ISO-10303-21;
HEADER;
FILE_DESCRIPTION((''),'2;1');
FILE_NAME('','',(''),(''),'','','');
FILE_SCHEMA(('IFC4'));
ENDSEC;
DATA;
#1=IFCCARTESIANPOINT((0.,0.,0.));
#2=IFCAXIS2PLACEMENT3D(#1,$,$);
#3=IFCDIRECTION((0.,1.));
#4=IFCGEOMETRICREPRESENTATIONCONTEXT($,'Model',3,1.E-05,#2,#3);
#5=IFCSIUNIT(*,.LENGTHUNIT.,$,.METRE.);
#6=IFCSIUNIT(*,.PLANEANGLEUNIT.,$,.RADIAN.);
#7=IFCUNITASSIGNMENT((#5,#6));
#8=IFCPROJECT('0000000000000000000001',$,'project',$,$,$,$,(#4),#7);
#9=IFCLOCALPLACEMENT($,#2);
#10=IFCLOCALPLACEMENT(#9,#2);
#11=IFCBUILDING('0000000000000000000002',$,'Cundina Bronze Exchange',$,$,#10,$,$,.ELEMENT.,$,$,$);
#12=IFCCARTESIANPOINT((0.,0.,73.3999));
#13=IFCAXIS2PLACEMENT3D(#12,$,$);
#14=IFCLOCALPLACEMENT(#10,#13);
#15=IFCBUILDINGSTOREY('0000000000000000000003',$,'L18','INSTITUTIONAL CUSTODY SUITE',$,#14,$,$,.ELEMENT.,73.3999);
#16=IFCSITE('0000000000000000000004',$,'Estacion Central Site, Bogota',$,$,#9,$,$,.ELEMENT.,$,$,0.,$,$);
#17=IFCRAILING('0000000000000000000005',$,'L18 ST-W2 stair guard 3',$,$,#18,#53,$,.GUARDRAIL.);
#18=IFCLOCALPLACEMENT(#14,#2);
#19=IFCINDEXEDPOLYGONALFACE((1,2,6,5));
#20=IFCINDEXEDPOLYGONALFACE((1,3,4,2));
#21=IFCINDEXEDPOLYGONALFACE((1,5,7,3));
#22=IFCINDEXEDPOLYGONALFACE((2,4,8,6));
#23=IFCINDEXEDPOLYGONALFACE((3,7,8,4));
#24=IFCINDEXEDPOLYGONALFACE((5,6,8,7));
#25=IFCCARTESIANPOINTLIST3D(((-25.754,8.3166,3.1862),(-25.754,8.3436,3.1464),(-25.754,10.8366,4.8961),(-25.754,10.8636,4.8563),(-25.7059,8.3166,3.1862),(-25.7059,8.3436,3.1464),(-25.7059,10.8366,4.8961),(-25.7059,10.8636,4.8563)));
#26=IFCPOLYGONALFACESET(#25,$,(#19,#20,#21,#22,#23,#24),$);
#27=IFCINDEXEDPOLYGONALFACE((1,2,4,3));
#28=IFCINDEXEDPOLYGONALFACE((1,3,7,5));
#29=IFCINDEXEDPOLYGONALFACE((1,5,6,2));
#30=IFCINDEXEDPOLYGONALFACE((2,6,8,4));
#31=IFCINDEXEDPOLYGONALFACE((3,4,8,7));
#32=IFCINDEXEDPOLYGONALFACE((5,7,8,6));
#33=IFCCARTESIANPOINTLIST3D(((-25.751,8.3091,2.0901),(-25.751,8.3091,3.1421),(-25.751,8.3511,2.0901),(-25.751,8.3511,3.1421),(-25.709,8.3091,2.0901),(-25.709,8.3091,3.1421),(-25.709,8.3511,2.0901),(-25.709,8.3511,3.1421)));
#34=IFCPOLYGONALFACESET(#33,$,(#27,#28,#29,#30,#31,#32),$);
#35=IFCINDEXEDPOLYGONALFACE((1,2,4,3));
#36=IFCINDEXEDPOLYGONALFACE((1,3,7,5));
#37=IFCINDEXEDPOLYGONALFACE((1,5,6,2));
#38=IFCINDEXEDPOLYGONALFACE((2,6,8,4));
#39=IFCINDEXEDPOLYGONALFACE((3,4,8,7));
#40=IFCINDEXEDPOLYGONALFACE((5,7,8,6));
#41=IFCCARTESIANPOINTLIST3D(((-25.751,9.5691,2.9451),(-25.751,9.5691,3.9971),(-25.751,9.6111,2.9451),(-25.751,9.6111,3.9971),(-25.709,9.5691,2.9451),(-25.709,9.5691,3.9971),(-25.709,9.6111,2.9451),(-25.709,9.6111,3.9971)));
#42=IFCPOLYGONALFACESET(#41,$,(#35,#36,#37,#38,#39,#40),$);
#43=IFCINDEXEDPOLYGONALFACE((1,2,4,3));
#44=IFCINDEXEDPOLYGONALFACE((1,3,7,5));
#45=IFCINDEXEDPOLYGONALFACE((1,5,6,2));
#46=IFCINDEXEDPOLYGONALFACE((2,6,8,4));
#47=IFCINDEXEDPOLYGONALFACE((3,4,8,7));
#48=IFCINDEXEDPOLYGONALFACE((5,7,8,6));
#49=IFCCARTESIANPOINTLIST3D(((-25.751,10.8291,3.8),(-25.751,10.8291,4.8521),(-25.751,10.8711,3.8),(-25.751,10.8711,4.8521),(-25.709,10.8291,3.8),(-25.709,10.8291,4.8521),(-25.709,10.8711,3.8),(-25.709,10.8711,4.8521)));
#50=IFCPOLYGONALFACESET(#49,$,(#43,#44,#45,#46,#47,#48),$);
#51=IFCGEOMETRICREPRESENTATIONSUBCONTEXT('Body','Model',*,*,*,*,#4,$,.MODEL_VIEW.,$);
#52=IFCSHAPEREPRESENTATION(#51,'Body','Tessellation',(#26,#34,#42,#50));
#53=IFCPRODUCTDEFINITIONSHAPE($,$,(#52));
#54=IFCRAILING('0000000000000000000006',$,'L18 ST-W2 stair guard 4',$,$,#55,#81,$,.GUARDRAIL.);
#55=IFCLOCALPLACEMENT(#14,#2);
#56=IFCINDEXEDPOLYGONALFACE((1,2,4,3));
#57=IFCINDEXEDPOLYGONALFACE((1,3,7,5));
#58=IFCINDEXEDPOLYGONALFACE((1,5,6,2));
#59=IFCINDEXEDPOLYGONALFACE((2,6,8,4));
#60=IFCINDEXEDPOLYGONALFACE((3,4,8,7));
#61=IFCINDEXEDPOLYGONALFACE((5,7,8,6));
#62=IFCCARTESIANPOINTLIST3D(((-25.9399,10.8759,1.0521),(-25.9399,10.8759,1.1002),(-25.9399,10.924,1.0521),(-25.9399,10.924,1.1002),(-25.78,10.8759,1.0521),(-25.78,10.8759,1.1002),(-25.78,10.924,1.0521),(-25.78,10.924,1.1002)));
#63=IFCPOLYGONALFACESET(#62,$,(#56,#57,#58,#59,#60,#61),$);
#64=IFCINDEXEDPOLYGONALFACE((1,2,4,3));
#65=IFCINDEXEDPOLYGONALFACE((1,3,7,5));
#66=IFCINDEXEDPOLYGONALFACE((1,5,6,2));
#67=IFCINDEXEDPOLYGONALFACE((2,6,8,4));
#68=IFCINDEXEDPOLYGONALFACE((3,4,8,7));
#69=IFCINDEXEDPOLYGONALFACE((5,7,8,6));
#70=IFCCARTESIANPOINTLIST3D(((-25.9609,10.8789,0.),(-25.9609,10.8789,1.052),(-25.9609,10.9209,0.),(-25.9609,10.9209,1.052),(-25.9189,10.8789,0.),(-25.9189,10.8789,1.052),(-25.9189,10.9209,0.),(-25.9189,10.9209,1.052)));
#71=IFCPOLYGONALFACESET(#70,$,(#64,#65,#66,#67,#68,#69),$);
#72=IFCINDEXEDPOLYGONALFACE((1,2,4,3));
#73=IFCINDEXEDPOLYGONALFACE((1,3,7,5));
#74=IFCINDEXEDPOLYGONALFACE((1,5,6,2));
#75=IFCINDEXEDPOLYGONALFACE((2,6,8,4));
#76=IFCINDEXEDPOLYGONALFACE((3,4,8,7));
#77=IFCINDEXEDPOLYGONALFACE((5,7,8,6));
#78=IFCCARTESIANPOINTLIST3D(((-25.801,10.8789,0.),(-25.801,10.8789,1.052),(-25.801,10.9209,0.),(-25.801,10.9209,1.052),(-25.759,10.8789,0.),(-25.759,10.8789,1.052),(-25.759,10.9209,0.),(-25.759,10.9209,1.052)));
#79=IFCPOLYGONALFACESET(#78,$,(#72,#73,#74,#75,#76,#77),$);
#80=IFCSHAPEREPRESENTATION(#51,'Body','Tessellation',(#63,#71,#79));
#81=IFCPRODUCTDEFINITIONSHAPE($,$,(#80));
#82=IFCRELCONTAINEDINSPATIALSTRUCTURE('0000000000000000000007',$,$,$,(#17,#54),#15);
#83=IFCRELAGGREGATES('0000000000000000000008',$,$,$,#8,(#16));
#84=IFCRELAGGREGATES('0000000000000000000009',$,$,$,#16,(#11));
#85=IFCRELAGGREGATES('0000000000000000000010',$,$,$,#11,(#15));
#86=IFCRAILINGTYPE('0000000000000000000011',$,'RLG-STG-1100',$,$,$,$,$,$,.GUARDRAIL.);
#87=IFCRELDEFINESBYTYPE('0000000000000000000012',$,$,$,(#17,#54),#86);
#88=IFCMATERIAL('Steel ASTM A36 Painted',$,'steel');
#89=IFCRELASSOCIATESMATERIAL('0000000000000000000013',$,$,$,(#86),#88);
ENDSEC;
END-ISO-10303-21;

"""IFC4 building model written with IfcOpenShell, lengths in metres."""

from ifc_helpers import new_model, si_unit, direction, frame, origin, origin_2d, place, context, subcontext, project, spatial, rectangle, extrude, material, type_object, element, save


model = new_model("IFC4")

# Units and contexts
model_context = context("Model", 3, precision=1e-05, world=origin(), true_north=direction((0.0, 1.0)))
body_context = subcontext(model_context, "Body", "Model", "MODEL_VIEW")
ifc_project = project(units=[si_unit("LENGTHUNIT", "METRE"), si_unit("PLANEANGLEUNIT", "RADIAN")], contexts=[model_context])

# Site, building, storey
site_placement = place(None, origin())
site = spatial("IfcSite", under=ifc_project, at=site_placement, Name="Estacion Central Site, Bogota", CompositionType="ELEMENT", RefElevation=0.0)
building_placement = place(site_placement, origin())
building = spatial("IfcBuilding", under=site, at=building_placement, Name="Cundina Bronze Exchange", CompositionType="ELEMENT")
storey_placement = place(building_placement, frame((0.0, 0.0, 73.3999)))
storey = spatial("IfcBuildingStorey", under=building, at=storey_placement, Name="L18", Description="INSTITUTIONAL CUSTODY SUITE", CompositionType="ELEMENT", Elevation=73.3999)

# Shared definitions
ifc_material_1 = material(Name="Steel ASTM A36 Painted", Category="steel")

# Railings
railing_type_1 = type_object("IfcRailingType", Name="RLG-STG-1100", PredefinedType="GUARDRAIL", material=ifc_material_1)
railing_1_placement = place(storey_placement, frame((-25.73, 8.3301, 2.0901)))
element("IfcRailing", 1, at=railing_1_placement, inside=storey, type_object=railing_type_1, Name="L18 ST-W2 stair guard 3", PredefinedType="GUARDRAIL", context=body_context, shape_type="SweptSolid", body=[
    extrude(rectangle(XDim=0.0481, YDim=0.0481, at=origin_2d()), frame((0.0, 0.0, 1.0762), z_axis=(0.0, 0.827484, 0.56149), x_axis=(-1.0, 0.0, 0.0)), (0.0, 0.0, 1.0), 3.0454),
    extrude(rectangle(XDim=0.042, YDim=0.042, at=origin_2d()), origin(), (0.0, 0.0, 1.0), 1.052),
    extrude(rectangle(XDim=0.042, YDim=0.042, at=origin_2d()), frame((0.0, 1.26, 0.855)), (0.0, 0.0, 1.0), 1.052),
    extrude(rectangle(XDim=0.042, YDim=0.042, at=origin_2d()), frame((0.0, 2.52, 1.71)), (0.0, 0.0, 1.0), 1.052),
])
railing_2_placement = place(storey_placement, frame((-25.9399, 10.8999, 0.0)))
element("IfcRailing", 2, at=railing_2_placement, inside=storey, type_object=railing_type_1, Name="L18 ST-W2 stair guard 4", PredefinedType="GUARDRAIL", context=body_context, shape_type="SweptSolid", body=[
    extrude(rectangle(XDim=0.0481, YDim=0.0481, at=origin_2d()), frame((0.0, 0.0, 1.0762), z_axis=(1.0, 0.0, 0.0), x_axis=(0.0, 1.0, 0.0)), (0.0, 0.0, 1.0), 0.1599),
    extrude(rectangle(XDim=0.042, YDim=0.042, at=origin_2d()), origin(), (0.0, 0.0, 1.0), 1.052),
    extrude(rectangle(XDim=0.042, YDim=0.042, at=origin_2d()), frame((0.1599, 0.0, 0.0)), (0.0, 0.0, 1.0), 1.052),
])

save(model, "model.ifc")
